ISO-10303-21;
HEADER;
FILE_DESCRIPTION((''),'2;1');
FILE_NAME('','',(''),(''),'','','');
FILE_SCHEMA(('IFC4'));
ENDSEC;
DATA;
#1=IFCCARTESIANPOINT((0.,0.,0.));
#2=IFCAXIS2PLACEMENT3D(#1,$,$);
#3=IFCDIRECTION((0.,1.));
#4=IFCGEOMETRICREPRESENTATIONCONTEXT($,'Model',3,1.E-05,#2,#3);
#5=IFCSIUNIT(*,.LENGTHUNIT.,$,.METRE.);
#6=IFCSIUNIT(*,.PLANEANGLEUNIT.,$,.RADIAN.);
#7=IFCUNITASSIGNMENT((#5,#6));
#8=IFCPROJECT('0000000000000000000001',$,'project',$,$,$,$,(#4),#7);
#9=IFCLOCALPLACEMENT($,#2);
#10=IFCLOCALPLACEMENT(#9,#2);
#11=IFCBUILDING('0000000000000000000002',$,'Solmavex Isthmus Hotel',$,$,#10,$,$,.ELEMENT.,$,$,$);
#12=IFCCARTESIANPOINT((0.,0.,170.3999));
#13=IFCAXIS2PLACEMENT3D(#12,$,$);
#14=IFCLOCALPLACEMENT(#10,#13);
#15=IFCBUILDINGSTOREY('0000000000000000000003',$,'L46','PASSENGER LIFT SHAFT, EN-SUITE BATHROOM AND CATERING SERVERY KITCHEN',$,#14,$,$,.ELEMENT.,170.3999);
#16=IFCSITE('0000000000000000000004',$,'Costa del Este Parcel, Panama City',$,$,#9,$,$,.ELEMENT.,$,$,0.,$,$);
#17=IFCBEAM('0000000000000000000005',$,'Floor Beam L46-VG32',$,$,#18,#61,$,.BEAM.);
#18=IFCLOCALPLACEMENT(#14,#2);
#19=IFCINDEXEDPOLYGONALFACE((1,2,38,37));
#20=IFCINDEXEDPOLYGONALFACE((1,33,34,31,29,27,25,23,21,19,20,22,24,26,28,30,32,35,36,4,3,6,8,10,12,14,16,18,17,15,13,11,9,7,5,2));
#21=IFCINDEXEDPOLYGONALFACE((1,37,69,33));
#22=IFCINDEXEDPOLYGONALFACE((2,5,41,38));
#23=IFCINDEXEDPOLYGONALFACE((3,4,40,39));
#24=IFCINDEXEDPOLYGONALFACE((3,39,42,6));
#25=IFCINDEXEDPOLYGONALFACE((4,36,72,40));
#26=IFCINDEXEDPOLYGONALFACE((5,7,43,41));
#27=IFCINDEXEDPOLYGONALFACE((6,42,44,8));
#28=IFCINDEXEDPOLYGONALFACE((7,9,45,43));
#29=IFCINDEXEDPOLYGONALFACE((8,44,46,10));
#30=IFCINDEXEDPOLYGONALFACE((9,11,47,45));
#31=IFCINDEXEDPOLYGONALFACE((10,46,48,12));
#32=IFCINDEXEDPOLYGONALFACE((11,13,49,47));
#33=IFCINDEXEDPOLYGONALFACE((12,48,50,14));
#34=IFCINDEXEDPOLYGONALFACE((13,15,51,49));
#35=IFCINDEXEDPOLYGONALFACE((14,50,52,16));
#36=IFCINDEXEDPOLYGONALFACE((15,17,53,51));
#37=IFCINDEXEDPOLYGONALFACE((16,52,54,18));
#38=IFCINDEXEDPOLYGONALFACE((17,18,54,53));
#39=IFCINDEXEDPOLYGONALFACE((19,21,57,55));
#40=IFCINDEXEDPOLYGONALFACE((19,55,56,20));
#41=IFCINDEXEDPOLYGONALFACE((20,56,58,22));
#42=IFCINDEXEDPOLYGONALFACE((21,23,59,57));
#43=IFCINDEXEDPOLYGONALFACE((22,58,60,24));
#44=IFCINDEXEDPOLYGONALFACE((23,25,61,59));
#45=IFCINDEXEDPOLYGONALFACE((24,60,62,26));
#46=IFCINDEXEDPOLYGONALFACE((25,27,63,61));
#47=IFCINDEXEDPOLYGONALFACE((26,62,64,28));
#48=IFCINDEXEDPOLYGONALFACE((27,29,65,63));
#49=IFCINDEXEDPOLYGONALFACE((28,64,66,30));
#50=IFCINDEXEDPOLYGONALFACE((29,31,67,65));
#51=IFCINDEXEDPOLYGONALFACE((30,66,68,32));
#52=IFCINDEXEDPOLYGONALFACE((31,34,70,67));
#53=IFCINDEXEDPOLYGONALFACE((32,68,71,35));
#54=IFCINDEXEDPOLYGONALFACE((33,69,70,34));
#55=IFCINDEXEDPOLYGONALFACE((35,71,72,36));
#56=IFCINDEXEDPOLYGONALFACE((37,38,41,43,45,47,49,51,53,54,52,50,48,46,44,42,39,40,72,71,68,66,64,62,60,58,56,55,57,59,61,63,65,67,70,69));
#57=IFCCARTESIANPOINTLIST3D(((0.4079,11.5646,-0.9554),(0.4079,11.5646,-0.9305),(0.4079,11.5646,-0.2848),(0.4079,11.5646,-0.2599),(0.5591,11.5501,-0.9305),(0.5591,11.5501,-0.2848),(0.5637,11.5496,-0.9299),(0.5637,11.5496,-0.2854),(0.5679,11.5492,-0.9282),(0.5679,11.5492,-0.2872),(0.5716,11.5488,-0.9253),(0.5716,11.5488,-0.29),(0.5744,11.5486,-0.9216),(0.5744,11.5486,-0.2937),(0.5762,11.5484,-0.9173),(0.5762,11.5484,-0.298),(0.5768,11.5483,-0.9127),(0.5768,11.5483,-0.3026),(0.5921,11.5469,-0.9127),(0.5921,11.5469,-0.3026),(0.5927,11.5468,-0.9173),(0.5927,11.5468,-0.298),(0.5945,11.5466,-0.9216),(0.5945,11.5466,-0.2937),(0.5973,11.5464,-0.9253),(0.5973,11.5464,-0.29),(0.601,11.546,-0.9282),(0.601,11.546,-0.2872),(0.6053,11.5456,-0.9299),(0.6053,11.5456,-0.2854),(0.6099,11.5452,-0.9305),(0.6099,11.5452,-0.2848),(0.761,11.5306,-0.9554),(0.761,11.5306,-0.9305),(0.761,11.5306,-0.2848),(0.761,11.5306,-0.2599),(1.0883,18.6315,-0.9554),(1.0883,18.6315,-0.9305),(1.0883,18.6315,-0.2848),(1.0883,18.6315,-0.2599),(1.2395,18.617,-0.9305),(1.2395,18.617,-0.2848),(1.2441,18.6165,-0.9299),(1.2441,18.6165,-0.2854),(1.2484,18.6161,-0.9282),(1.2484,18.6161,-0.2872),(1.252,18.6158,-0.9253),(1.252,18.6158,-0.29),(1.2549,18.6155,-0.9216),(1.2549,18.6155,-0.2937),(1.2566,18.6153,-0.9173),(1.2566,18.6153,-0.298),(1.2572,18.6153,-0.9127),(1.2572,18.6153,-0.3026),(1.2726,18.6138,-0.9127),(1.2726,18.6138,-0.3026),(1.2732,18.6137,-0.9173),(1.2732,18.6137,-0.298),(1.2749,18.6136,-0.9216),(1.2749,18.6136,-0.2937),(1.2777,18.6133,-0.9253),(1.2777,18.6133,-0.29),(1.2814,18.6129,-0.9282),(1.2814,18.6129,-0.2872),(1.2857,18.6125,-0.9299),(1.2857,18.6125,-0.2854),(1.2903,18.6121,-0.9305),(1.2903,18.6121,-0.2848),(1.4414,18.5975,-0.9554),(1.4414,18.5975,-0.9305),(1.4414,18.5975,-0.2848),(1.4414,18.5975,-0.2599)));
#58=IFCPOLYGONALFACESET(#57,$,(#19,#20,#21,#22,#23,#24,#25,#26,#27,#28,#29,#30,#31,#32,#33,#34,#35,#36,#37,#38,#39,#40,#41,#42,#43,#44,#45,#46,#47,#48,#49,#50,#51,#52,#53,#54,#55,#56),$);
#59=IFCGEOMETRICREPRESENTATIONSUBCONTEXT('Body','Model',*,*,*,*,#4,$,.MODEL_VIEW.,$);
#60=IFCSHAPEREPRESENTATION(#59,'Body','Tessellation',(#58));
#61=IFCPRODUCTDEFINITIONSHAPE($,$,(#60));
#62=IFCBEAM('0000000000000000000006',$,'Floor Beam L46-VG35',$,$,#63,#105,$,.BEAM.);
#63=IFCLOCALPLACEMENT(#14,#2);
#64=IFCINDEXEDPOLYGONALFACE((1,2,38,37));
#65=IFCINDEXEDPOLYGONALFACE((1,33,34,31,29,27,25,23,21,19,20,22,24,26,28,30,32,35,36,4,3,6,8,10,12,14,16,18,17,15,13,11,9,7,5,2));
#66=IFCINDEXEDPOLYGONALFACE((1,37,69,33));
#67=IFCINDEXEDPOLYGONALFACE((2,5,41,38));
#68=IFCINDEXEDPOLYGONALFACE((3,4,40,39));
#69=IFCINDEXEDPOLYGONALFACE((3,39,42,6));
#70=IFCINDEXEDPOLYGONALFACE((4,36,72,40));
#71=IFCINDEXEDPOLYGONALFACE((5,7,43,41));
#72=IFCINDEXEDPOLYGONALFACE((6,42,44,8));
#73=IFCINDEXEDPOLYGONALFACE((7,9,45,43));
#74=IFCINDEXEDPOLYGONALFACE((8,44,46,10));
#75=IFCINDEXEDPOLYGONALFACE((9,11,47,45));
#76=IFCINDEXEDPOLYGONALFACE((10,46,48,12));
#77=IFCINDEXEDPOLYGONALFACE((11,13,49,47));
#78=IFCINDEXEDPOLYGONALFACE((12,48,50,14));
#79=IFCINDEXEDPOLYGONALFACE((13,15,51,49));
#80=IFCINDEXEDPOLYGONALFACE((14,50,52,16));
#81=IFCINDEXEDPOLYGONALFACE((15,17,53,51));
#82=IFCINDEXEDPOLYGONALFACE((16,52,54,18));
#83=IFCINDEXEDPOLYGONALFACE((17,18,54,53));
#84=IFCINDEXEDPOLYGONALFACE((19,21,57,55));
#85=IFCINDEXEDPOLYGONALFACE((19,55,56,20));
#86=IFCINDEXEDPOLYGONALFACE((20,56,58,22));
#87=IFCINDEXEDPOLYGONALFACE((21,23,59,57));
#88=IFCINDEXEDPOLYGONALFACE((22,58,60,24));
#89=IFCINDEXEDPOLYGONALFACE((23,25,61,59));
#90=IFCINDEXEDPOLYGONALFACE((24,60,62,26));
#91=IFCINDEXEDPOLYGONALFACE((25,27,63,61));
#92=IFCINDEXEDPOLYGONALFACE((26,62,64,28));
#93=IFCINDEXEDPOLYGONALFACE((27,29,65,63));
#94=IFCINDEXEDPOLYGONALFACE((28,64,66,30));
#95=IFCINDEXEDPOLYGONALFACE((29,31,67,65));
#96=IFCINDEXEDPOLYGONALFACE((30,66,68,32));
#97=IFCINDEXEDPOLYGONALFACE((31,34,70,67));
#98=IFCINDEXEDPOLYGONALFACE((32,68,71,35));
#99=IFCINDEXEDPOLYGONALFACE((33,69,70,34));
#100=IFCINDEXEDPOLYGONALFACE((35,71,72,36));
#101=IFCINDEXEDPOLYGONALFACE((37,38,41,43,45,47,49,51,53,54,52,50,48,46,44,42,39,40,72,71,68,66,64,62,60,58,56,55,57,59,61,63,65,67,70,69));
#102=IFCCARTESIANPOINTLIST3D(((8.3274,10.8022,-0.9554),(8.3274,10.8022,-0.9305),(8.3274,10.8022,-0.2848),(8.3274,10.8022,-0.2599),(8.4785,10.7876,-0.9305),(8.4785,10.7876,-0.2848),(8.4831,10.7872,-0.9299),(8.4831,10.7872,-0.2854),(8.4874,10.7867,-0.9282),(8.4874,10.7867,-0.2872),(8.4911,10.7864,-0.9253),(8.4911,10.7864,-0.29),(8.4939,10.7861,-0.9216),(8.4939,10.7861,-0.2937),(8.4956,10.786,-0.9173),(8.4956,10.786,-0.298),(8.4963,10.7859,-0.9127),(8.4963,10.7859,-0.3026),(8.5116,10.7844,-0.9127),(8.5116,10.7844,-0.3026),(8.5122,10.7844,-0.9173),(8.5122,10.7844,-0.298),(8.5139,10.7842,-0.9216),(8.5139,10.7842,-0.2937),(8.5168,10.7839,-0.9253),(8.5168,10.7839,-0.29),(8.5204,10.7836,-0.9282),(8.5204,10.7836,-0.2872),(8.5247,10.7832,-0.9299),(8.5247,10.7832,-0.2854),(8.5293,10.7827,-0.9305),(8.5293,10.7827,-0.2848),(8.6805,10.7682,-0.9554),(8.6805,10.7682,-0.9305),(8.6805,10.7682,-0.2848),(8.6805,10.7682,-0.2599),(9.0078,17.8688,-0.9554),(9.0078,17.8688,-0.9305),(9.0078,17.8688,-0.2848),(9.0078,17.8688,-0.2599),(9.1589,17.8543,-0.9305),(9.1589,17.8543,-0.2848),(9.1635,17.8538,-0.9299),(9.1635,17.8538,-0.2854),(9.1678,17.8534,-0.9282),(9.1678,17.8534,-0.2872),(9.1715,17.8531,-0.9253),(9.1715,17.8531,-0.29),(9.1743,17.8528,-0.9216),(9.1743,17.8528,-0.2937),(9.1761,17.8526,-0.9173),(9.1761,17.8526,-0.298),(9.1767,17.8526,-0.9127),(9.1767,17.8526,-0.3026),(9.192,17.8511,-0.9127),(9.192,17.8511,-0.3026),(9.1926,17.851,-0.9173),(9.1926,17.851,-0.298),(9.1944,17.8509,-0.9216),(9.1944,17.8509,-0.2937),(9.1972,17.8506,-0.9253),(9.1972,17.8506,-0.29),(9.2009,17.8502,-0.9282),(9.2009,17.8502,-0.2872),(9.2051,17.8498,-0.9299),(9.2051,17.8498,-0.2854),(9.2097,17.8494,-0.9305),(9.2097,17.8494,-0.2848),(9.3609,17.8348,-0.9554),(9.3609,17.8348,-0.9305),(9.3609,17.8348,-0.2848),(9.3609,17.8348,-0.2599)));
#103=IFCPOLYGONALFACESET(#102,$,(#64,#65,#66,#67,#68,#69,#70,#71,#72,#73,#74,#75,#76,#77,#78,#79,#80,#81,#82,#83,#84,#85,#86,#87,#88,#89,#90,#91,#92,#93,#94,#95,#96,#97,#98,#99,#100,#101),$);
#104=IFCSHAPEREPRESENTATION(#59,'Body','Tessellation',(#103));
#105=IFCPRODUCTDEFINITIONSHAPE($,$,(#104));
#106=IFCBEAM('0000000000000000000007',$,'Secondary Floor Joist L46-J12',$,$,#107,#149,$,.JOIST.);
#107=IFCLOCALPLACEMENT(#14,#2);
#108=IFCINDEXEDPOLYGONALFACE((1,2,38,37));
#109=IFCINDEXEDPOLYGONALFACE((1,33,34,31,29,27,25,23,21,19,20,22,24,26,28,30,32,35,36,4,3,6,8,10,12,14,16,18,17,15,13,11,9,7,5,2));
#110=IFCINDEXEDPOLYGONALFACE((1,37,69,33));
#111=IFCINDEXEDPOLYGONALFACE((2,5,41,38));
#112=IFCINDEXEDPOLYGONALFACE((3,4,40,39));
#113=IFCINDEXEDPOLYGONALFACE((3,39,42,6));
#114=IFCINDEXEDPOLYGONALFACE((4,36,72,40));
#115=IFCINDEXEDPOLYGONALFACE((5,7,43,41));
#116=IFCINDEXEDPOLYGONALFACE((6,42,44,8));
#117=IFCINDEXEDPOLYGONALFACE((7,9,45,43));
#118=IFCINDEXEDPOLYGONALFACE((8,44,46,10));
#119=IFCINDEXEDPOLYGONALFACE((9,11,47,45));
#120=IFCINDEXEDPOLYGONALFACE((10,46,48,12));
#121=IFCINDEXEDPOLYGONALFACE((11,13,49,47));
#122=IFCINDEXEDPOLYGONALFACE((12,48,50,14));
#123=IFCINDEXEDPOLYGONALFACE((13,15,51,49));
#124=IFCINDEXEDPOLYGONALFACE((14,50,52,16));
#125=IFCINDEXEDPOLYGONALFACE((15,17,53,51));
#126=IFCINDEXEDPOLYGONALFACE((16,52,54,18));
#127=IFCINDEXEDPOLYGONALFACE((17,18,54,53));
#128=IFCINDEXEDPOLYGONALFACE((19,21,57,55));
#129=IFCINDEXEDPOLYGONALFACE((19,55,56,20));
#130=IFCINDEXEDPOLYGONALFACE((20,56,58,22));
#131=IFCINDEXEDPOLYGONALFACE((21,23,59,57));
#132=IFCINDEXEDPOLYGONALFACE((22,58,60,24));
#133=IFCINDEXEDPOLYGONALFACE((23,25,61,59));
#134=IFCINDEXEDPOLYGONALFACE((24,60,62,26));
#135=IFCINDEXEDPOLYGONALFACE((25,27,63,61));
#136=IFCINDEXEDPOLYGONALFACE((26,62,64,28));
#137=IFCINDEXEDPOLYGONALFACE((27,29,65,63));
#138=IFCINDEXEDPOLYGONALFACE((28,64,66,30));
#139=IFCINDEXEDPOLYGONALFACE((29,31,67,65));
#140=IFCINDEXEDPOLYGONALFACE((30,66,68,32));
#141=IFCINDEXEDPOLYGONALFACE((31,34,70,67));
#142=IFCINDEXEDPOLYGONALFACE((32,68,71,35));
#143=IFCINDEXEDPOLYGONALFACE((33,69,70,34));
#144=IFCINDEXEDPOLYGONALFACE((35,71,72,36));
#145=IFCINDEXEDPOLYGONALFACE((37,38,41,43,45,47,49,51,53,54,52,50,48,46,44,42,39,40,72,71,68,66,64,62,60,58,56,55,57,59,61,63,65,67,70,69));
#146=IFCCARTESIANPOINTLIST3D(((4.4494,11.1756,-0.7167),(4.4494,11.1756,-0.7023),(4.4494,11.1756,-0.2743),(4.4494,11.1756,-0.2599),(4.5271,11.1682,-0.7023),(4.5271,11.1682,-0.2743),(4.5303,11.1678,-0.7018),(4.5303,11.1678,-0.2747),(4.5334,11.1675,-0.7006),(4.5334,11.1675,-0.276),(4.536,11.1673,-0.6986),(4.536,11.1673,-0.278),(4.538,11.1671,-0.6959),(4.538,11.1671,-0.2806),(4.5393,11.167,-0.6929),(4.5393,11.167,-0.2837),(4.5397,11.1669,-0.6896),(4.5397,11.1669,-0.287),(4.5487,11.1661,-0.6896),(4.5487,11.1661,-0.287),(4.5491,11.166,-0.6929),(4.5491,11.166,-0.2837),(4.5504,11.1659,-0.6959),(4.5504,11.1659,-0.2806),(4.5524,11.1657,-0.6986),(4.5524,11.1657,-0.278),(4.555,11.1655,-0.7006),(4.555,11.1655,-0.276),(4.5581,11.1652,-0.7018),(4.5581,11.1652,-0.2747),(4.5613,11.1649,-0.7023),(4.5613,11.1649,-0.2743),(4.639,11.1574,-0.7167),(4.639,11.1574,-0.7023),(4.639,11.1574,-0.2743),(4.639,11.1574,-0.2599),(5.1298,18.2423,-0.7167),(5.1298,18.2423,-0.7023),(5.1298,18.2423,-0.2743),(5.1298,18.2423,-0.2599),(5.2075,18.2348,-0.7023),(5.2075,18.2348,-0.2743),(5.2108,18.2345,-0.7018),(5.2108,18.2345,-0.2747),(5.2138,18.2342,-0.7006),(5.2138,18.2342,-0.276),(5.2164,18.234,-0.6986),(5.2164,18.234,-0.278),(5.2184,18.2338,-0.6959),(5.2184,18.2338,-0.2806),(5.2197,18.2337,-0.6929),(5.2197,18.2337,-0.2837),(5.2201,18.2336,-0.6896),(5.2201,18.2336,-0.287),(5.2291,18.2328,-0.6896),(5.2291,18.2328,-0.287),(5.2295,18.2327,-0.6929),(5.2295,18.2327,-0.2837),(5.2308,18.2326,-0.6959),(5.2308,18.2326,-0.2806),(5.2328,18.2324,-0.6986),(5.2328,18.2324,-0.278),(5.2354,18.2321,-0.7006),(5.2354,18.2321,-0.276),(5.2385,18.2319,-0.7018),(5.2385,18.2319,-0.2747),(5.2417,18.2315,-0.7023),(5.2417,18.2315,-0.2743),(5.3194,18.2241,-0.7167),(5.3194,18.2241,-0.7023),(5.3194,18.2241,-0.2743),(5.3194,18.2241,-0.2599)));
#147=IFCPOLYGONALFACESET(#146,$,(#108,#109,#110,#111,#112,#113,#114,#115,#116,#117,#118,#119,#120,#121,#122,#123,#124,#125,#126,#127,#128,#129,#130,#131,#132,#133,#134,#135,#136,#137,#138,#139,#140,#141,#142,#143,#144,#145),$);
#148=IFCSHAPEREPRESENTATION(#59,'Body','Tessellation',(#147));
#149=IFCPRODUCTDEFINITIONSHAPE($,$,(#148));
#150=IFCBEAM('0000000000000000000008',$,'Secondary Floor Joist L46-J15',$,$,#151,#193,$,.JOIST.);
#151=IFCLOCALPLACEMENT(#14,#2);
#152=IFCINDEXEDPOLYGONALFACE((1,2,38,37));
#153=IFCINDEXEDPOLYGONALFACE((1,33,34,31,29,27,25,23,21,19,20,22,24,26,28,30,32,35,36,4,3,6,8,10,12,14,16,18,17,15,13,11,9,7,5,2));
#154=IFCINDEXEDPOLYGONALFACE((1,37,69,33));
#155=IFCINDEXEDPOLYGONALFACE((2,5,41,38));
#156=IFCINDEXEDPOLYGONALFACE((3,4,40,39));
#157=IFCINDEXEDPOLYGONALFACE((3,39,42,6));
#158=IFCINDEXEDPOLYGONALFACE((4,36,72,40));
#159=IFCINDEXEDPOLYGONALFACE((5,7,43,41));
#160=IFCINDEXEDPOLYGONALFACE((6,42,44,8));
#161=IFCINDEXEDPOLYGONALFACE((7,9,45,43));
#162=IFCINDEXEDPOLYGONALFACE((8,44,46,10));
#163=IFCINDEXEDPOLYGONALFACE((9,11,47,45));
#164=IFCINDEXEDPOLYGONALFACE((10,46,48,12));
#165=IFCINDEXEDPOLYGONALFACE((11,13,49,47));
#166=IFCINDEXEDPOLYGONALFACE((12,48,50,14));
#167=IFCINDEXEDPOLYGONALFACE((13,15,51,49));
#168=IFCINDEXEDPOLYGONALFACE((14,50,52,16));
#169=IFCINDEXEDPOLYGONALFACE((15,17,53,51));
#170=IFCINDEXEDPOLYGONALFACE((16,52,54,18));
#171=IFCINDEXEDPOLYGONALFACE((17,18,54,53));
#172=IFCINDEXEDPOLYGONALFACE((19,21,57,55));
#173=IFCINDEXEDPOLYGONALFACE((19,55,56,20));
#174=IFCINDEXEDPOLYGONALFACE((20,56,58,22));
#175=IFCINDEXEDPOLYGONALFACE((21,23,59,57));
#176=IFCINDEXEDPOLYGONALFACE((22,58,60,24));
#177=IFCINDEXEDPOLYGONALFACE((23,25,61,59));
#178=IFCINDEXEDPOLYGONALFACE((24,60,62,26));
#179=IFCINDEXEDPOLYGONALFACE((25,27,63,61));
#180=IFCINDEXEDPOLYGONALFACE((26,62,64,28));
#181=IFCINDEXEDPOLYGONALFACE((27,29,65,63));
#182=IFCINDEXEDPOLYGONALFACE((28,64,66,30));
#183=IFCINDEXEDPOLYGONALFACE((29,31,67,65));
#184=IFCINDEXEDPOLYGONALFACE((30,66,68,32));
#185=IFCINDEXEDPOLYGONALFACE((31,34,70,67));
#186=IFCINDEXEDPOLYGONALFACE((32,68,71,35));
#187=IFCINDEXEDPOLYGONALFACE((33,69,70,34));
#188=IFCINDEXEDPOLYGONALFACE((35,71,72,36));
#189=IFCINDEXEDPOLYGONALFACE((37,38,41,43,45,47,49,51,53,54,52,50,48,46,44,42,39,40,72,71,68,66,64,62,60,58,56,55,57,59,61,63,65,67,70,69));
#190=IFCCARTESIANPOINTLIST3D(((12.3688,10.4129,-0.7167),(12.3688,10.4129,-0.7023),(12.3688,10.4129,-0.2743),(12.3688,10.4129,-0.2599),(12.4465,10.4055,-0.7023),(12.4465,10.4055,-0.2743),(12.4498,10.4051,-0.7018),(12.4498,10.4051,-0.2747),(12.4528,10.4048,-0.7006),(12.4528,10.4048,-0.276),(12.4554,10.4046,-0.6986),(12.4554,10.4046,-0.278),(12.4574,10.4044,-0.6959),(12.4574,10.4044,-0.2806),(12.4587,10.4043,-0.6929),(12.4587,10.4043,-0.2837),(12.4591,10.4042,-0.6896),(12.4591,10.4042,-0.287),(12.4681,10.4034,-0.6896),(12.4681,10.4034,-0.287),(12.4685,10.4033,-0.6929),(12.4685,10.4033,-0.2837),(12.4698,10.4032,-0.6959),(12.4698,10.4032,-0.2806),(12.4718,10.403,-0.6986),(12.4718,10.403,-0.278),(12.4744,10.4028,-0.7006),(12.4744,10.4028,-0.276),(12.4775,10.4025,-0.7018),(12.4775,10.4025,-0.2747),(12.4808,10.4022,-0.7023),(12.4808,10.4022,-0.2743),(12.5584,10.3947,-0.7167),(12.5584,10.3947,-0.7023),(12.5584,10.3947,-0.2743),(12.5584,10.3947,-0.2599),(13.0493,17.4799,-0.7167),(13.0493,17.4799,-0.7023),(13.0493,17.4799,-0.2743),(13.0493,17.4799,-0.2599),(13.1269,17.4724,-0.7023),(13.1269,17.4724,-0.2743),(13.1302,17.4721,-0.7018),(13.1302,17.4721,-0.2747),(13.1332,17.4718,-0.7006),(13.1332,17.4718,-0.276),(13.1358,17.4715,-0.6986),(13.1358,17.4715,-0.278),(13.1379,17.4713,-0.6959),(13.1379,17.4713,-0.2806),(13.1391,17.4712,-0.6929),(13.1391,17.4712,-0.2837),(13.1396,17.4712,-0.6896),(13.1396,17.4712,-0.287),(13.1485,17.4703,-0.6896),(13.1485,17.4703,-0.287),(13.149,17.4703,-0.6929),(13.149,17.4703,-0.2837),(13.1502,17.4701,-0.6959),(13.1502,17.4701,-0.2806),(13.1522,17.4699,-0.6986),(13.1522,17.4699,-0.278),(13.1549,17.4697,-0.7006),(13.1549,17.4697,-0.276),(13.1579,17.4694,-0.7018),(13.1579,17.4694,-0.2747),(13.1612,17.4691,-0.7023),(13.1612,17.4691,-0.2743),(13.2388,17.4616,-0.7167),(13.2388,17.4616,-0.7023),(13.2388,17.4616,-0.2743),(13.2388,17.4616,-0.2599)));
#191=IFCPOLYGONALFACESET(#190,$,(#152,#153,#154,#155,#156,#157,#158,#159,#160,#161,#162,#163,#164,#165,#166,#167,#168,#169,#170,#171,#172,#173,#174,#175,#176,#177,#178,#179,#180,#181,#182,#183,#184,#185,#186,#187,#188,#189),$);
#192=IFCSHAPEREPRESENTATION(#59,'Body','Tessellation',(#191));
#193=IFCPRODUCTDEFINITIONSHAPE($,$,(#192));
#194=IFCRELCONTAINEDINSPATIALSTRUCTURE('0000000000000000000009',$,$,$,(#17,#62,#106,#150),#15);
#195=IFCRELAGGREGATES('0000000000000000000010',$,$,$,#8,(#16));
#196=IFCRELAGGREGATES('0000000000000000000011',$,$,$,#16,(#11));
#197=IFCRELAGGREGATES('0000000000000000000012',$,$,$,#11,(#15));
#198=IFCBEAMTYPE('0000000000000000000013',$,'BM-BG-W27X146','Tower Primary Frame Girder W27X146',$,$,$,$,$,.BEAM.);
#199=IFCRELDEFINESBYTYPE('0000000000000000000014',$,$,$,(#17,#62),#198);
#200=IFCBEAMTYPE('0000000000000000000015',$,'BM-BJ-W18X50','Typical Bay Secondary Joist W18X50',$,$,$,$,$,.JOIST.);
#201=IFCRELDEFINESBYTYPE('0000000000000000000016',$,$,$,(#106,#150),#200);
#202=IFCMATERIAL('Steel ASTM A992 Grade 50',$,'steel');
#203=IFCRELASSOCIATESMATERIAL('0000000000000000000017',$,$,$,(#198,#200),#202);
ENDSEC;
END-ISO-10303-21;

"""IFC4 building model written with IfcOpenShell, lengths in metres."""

from ifc_helpers import new_model, si_unit, direction, frame, origin, origin_2d, place, context, subcontext, project, spatial, i_section, extrude, material, material_profile, profile_set, type_object, element, save


model = new_model("IFC4")

# Units and contexts
model_context = context("Model", 3, precision=1e-05, world=origin(), true_north=direction((0.0, 1.0)))
body_context = subcontext(model_context, "Body", "Model", "MODEL_VIEW")
ifc_project = project(units=[si_unit("LENGTHUNIT", "METRE"), si_unit("PLANEANGLEUNIT", "RADIAN")], contexts=[model_context])

# Site, building, storey
site_placement = place(None, origin())
site = spatial("IfcSite", under=ifc_project, at=site_placement, Name="Costa del Este Parcel, Panama City", CompositionType="ELEMENT", RefElevation=0.0)
building_placement = place(site_placement, origin())
building = spatial("IfcBuilding", under=site, at=building_placement, Name="Solmavex Isthmus Hotel", CompositionType="ELEMENT")
storey_placement = place(building_placement, frame((0.0, 0.0, 170.3999)))
storey = spatial("IfcBuildingStorey", under=building, at=storey_placement, Name="L46", Description="PASSENGER LIFT SHAFT, EN-SUITE BATHROOM AND CATERING SERVERY KITCHEN", CompositionType="ELEMENT", Elevation=170.3999)

# Beams
ifc_material_1 = material(Name="Steel ASTM A992 Grade 50", Category="steel")
ifc_material_profile_1 = material_profile(ifc_material_1, i_section(OverallWidth=0.3547, OverallDepth=0.6956, WebThickness=0.0154, FlangeThickness=0.0249, FilletRadius=0.0178, at=origin_2d()), Name="W27X146")
ifc_profile_set_1 = profile_set([ifc_material_profile_1], Name="Steel ASTM A992 Grade 50")
beam_type_1 = type_object("IfcBeamType", Name="BM-BG-W27X146", Description="Tower Primary Frame Girder W27X146", PredefinedType="BEAM", material=ifc_profile_set_1)
beam_1_placement = place(storey_placement, frame((0.5845, 11.5476, -0.6077), z_axis=(0.09584, 0.995397, 0.0), x_axis=(-0.995397, 0.09584, 0.0)))
element("IfcBeam", 1, at=beam_1_placement, inside=storey, type_object=beam_type_1, Name="Floor Beam L46-VG32", PredefinedType="BEAM", context=body_context, shape_type="SweptSolid", body=[
    extrude(i_section(OverallWidth=0.3547, OverallDepth=0.6956, WebThickness=0.0154, FlangeThickness=0.0249, FilletRadius=0.0178, at=origin_2d()), origin(), (0.0, 0.0, 1.0), 7.0996),
])
beam_2_placement = place(storey_placement, frame((8.5039, 10.7852, -0.6077), z_axis=(0.095843, 0.995396, 0.0), x_axis=(-0.995396, 0.095843, 0.0)))
element("IfcBeam", 2, at=beam_2_placement, inside=storey, type_object=beam_type_1, Name="Floor Beam L46-VG35", PredefinedType="BEAM", context=body_context, shape_type="SweptSolid", body=[
    extrude(i_section(OverallWidth=0.3547, OverallDepth=0.6956, WebThickness=0.0154, FlangeThickness=0.0249, FilletRadius=0.0178, at=origin_2d()), origin(), (0.0, 0.0, 1.0), 7.0994),
])
ifc_material_profile_2 = material_profile(ifc_material_1, i_section(OverallWidth=0.1904, OverallDepth=0.4568, WebThickness=0.009, FlangeThickness=0.0144, FilletRadius=0.0127, at=origin_2d()), Name="W18X50")
ifc_profile_set_2 = profile_set([ifc_material_profile_2], Name="Steel ASTM A992 Grade 50")
beam_type_2 = type_object("IfcBeamType", Name="BM-BJ-W18X50", Description="Typical Bay Secondary Joist W18X50", PredefinedType="JOIST", material=ifc_profile_set_2)
beam_3_placement = place(storey_placement, frame((4.5442, 11.1665, -0.4883), z_axis=(0.095843, 0.995396, 0.0), x_axis=(-0.995396, 0.095843, 0.0)))
element("IfcBeam", 3, at=beam_3_placement, inside=storey, type_object=beam_type_2, Name="Secondary Floor Joist L46-J12", PredefinedType="JOIST", context=body_context, shape_type="SweptSolid", body=[
    extrude(i_section(OverallWidth=0.1904, OverallDepth=0.4568, WebThickness=0.009, FlangeThickness=0.0144, FilletRadius=0.0127, at=origin_2d()), origin(), (0.0, 0.0, 1.0), 7.0994),
])
beam_4_placement = place(storey_placement, frame((12.4636, 10.4038, -0.4883), z_axis=(0.09584, 0.995397, 0.0), x_axis=(-0.995397, 0.09584, 0.0)))
element("IfcBeam", 4, at=beam_4_placement, inside=storey, type_object=beam_type_2, Name="Secondary Floor Joist L46-J15", PredefinedType="JOIST", context=body_context, shape_type="SweptSolid", body=[
    extrude(i_section(OverallWidth=0.1904, OverallDepth=0.4568, WebThickness=0.009, FlangeThickness=0.0144, FilletRadius=0.0127, at=origin_2d()), origin(), (0.0, 0.0, 1.0), 7.0996),
])

save(model, "model.ifc")
